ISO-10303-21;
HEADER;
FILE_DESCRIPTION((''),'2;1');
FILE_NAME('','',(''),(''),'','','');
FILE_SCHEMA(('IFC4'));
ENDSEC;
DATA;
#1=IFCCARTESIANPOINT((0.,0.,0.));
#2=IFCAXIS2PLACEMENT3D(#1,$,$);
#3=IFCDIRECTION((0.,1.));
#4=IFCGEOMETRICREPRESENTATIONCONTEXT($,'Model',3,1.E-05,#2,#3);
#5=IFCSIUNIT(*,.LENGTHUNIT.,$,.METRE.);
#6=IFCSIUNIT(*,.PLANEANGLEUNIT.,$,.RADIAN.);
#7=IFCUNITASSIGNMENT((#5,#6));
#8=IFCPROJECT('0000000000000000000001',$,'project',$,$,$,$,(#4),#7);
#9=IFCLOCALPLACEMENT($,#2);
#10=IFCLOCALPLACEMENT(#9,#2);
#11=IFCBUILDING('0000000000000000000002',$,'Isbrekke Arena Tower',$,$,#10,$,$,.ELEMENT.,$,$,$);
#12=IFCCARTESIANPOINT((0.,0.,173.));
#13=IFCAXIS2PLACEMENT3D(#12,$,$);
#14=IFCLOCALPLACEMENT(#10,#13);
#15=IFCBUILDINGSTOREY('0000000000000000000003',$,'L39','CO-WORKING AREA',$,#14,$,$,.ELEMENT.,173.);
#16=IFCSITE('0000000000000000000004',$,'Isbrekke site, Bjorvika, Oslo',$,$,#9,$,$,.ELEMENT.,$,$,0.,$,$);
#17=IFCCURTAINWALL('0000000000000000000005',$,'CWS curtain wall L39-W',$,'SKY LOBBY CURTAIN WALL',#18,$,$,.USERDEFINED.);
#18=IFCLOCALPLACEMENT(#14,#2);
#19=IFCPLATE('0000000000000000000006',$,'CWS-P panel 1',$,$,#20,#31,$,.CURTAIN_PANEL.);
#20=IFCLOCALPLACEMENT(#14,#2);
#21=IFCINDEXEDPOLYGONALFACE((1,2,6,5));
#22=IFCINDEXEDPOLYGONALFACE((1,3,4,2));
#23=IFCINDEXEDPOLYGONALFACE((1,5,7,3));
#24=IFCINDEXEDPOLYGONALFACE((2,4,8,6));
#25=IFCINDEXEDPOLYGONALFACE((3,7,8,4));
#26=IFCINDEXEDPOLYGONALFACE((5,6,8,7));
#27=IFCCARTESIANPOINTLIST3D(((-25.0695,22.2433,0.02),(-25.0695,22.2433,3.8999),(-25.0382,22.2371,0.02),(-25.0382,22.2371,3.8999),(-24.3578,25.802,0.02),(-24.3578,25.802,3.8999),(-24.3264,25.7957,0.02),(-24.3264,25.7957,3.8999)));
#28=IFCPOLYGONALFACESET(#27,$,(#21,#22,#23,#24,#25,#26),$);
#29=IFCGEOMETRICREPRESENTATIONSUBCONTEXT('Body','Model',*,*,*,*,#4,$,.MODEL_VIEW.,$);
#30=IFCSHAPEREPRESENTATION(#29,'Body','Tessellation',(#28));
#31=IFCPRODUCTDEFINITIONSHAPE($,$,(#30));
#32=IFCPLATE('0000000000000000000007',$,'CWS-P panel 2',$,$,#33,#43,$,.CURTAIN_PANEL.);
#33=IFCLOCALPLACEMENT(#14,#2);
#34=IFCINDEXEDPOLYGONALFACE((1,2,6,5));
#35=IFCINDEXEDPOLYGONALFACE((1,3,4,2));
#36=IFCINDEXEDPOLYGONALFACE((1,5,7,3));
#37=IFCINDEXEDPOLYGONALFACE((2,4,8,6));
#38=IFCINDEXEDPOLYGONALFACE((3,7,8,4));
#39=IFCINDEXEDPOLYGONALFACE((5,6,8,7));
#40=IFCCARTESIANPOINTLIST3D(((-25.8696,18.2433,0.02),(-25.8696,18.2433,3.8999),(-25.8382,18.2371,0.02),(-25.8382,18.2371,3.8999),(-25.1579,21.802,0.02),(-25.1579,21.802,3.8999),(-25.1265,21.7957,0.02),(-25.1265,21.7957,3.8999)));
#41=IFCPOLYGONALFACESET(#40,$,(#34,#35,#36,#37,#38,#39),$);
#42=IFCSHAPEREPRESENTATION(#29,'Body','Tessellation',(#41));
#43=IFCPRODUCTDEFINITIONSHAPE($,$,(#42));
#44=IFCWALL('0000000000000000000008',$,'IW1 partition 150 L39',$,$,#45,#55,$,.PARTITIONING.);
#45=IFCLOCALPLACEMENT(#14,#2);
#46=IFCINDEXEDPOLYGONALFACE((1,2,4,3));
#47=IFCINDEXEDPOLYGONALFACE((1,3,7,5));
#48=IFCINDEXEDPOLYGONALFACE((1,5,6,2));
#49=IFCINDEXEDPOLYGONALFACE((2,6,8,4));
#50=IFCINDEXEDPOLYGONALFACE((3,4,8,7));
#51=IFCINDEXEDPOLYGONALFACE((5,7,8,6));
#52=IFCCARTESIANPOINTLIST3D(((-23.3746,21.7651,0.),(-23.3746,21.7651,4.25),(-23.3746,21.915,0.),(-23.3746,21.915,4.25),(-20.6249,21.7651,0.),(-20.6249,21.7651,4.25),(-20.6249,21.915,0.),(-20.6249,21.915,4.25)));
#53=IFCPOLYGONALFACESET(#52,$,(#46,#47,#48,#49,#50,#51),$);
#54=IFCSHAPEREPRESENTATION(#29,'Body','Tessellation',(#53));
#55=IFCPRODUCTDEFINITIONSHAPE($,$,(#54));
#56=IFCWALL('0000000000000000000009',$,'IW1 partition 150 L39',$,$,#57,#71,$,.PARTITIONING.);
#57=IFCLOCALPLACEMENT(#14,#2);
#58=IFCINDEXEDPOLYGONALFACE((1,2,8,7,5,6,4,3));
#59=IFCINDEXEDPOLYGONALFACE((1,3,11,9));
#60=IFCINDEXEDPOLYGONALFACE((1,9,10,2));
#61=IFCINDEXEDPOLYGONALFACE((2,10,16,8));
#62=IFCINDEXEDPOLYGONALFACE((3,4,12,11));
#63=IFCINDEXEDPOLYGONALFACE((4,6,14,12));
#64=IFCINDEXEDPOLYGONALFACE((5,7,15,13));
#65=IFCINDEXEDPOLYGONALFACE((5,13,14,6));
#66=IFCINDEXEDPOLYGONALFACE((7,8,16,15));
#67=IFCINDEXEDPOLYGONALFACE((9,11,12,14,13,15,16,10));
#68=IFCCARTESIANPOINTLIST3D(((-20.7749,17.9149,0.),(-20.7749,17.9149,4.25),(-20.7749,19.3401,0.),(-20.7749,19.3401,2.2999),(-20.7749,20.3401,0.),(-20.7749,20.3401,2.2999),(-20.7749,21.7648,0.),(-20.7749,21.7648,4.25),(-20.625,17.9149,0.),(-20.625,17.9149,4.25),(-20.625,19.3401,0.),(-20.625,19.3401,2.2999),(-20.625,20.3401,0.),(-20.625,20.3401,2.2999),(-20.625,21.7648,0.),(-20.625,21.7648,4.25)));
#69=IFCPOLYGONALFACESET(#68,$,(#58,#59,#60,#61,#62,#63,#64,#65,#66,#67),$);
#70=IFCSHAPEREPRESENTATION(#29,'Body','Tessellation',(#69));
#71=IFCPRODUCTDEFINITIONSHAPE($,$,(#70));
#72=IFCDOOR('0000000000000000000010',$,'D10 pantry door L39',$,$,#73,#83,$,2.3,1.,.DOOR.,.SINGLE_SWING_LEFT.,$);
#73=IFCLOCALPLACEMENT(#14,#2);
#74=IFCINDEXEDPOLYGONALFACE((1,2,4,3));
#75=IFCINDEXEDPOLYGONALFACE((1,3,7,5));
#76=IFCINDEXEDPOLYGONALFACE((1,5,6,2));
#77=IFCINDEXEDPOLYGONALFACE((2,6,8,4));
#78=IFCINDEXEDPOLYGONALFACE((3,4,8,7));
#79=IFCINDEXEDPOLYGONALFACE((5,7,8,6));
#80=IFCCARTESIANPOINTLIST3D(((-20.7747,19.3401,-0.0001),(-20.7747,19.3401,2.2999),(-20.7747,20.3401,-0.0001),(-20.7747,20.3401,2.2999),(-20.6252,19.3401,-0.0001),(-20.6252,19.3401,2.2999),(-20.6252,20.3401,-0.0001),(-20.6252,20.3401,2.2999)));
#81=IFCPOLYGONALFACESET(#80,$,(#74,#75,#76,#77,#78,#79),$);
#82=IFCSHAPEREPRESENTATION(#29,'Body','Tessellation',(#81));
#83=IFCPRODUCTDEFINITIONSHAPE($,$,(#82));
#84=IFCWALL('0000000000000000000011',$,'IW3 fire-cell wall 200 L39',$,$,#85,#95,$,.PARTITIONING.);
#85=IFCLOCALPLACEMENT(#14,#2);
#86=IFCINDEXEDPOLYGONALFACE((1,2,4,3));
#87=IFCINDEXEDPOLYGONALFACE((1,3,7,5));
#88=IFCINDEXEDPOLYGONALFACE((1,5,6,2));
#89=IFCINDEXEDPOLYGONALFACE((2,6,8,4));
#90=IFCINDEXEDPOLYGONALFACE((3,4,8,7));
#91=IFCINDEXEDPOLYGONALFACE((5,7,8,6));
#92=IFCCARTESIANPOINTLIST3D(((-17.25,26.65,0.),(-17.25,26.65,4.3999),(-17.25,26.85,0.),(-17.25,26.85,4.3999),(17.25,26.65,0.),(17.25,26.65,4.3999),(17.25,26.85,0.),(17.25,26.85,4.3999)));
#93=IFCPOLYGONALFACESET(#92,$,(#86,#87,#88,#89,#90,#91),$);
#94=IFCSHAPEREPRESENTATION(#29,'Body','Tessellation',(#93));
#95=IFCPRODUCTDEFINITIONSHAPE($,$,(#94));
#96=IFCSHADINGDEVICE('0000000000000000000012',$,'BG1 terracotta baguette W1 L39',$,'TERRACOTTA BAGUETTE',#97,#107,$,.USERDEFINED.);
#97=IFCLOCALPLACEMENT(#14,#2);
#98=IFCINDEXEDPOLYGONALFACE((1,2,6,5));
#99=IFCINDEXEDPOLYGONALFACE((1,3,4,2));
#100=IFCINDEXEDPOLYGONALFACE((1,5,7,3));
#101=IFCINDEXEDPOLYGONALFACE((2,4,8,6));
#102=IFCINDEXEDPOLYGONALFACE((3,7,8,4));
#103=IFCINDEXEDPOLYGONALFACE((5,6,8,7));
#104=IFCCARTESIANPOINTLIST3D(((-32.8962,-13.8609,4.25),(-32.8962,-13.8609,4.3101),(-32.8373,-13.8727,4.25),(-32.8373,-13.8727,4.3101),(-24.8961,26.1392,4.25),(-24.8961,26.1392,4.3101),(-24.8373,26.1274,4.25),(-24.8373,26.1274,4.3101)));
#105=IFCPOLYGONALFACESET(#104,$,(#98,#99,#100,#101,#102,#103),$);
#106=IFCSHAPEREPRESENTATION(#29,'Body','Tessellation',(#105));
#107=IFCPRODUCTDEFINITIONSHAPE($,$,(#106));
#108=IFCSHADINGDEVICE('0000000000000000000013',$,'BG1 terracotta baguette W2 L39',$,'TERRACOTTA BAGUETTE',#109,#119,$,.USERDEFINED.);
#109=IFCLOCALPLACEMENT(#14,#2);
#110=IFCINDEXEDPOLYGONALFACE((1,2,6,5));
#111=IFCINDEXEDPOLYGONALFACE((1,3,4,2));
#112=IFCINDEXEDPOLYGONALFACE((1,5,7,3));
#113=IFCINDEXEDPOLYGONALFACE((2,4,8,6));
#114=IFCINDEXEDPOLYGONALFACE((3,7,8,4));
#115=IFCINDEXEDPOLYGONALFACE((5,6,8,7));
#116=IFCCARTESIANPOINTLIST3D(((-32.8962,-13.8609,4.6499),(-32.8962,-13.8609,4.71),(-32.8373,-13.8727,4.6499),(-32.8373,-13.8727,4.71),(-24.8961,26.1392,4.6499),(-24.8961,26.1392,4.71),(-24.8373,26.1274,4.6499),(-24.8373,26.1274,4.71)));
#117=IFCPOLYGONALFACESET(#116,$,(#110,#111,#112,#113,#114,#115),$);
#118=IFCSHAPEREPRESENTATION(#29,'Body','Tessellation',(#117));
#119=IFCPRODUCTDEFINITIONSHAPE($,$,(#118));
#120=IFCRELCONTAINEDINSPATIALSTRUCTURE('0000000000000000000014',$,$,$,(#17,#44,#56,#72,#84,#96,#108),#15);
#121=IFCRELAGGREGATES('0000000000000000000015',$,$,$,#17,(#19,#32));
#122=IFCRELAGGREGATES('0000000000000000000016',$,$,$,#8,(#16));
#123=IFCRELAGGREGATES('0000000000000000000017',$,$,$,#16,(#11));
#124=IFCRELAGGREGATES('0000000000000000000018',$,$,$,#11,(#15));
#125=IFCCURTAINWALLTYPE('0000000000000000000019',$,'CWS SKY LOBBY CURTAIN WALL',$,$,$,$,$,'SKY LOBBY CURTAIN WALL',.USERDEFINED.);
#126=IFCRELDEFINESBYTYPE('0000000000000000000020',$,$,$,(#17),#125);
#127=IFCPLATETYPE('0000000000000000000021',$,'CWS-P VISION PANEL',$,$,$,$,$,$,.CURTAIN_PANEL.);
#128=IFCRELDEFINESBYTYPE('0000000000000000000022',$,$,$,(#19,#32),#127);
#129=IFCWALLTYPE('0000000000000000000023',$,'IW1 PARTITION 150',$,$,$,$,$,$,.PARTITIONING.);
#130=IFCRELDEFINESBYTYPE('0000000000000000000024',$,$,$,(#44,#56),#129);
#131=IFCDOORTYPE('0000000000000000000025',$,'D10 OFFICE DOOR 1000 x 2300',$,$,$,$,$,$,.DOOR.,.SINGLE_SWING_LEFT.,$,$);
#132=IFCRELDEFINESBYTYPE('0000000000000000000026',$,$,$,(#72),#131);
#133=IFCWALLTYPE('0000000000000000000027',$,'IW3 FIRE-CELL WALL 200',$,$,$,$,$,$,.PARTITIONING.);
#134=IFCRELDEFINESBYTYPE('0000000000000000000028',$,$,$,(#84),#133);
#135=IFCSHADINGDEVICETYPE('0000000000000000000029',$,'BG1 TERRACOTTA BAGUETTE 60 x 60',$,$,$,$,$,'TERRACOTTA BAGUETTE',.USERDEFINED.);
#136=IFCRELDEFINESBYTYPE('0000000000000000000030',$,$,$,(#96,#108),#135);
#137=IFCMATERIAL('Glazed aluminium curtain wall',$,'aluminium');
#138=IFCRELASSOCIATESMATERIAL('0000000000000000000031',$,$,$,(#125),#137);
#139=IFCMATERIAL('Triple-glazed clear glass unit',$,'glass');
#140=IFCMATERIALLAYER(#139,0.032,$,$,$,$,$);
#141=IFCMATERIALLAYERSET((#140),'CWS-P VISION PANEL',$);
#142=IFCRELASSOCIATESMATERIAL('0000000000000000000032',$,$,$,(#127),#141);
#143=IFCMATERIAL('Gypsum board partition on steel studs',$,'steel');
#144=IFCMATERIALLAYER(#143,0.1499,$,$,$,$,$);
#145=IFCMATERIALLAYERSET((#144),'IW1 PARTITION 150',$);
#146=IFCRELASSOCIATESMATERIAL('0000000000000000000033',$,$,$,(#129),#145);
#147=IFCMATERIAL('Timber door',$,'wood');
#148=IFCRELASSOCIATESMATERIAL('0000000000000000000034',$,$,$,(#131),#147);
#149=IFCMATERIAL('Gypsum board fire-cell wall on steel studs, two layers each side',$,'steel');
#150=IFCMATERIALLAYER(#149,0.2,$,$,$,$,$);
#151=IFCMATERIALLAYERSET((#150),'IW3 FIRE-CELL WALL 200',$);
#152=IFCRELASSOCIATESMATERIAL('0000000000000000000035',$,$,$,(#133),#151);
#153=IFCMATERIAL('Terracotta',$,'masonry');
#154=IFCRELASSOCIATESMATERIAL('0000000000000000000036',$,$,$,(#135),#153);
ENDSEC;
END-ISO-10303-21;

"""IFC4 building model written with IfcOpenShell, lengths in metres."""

from ifc_helpers import new_model, si_unit, direction, frame, frame_2d, origin, origin_2d, place, context, subcontext, project, spatial, rectangle, extrude, material, layer, layer_set, material_profile, profile_set, type_object, element, fill, aggregate, save


model = new_model("IFC4")

# Units and contexts
model_context = context("Model", 3, precision=1e-05, world=origin(), true_north=direction((0.0, 1.0)))
body_context = subcontext(model_context, "Body", "Model", "MODEL_VIEW")
ifc_project = project(units=[si_unit("LENGTHUNIT", "METRE"), si_unit("PLANEANGLEUNIT", "RADIAN")], contexts=[model_context])

# Site, building, storey
site_placement = place(None, origin())
site = spatial("IfcSite", under=ifc_project, at=site_placement, Name="Isbrekke site, Bjorvika, Oslo", CompositionType="ELEMENT", RefElevation=0.0)
building_placement = place(site_placement, origin())
building = spatial("IfcBuilding", under=site, at=building_placement, Name="Isbrekke Arena Tower", CompositionType="ELEMENT")
storey_placement = place(building_placement, frame((0.0, 0.0, 173.0)))
storey = spatial("IfcBuildingStorey", under=building, at=storey_placement, Name="L39", Description="CO-WORKING AREA", CompositionType="ELEMENT", Elevation=173.0)

# Shared definitions
ifc_material_1 = material(Name="Glazed aluminium curtain wall", Category="aluminium")
curtain_wall_type = type_object("IfcCurtainWallType", Name="CWS SKY LOBBY CURTAIN WALL", ElementType="SKY LOBBY CURTAIN WALL", PredefinedType="USERDEFINED", material=ifc_material_1)

# Curtain wall
curtain_wall_1_placement = place(storey_placement, origin())
curtain_wall_1 = element("IfcCurtainWall", 1, at=curtain_wall_1_placement, inside=storey, type_object=curtain_wall_type, Name="CWS curtain wall L39-W", ObjectType="SKY LOBBY CURTAIN WALL", PredefinedType="USERDEFINED")

# Plates
ifc_material_2 = material(Name="Triple-glazed clear glass unit", Category="glass")
ifc_layer_1 = layer(ifc_material_2, 0.032)
ifc_layer_set_1 = layer_set([ifc_layer_1], Name="CWS-P VISION PANEL")
plate_type = type_object("IfcPlateType", Name="CWS-P VISION PANEL", PredefinedType="CURTAIN_PANEL", material=ifc_layer_set_1)
plate_1_placement = place(storey_placement, frame((-24.698, 24.0195, 0.02), z_axis=(0.0, 0.0, 1.0), x_axis=(-0.196116, -0.980581, 0.0)))
plate_1 = element("IfcPlate", 2, at=plate_1_placement, type_object=plate_type, Name="CWS-P panel 1", PredefinedType="CURTAIN_PANEL", context=body_context, shape_type="SweptSolid", body=[
    extrude(rectangle(XDim=3.6292, YDim=0.032, at=origin_2d()), origin(), (0.0, 0.0, 1.0), 3.8799),
])
plate_2_placement = place(storey_placement, frame((-25.498, 20.0195, 0.02), z_axis=(0.0, 0.0, 1.0), x_axis=(-0.196116, -0.980581, 0.0)))
plate_2 = element("IfcPlate", 3, at=plate_2_placement, type_object=plate_type, Name="CWS-P panel 2", PredefinedType="CURTAIN_PANEL", context=body_context, shape_type="SweptSolid", body=[
    extrude(rectangle(XDim=3.6292, YDim=0.032, at=origin_2d()), origin(), (0.0, 0.0, 1.0), 3.8799),
])
aggregate(curtain_wall_1, [plate_1, plate_2])

# Wall
ifc_material_3 = material(Name="Gypsum board partition on steel studs", Category="steel")
ifc_layer_2 = layer(ifc_material_3, 0.1499)
ifc_layer_set_2 = layer_set([ifc_layer_2], Name="IW1 PARTITION 150")
wall_type_1 = type_object("IfcWallType", Name="IW1 PARTITION 150", PredefinedType="PARTITIONING", material=ifc_layer_set_2)
wall_1_placement = place(storey_placement, frame((-23.3748, 21.8401, 0.0), z_axis=(0.0, 0.0, 1.0), x_axis=(1.0, 0.0, 0.0)))
element("IfcWall", 4, at=wall_1_placement, inside=storey, type_object=wall_type_1, Name="IW1 partition 150 L39", PredefinedType="PARTITIONING", context=body_context, shape_type="SweptSolid", body=[
    extrude(rectangle(XDim=2.7498, YDim=0.1499, at=frame_2d((1.375, 0.0))), origin(), (0.0, 0.0, 1.0), 4.25),
])

# Wall, opening, door
wall_2_placement = place(storey_placement, frame((-20.7, 17.915, 0.0), z_axis=(0.0, 0.0, 1.0), x_axis=(0.0, 1.0, 0.0)))
wall_2 = element("IfcWall", 5, at=wall_2_placement, inside=storey, type_object=wall_type_1, Name="IW1 partition 150 L39", PredefinedType="PARTITIONING", context=body_context, shape_type="SweptSolid", body=[
    extrude(rectangle(XDim=3.8499, YDim=0.1499, at=frame_2d((1.9248, 0.0))), origin(), (0.0, 0.0, 1.0), 4.25),
])
opening_placement = place(wall_2_placement, frame((1.425, 0.0, 0.0)))
opening = element("IfcOpeningElement", 6, at=opening_placement, cuts=wall_2, PredefinedType="OPENING", context=body_context, shape_type="SweptSolid", body=[
    extrude(rectangle(XDim=1.0, YDim=2.3, at=frame_2d((0.5, 1.1499))), frame((0.0, 0.0898, 0.0), z_axis=(0.0, -1.0, 0.0), x_axis=(1.0, 0.0, 0.0)), (0.0, 0.0, 1.0), 0.1797),
])
ifc_material_4 = material(Name="Timber door", Category="wood")
door_type = type_object("IfcDoorType", Name="D10 OFFICE DOOR 1000 x 2300", OperationType="SINGLE_SWING_LEFT", PredefinedType="DOOR", material=ifc_material_4)
door_placement = place(opening_placement, origin())
door = element("IfcDoor", 7, at=door_placement, inside=storey, type_object=door_type, Name="D10 pantry door L39", OperationType="SINGLE_SWING_LEFT", OverallHeight=2.3, OverallWidth=1.0, PredefinedType="DOOR", context=body_context, shape_type="SweptSolid", body=[
    extrude(rectangle(XDim=1.0, YDim=2.3, at=frame_2d((0.5, 1.1499))), frame((0.0, 0.0747, 0.0), z_axis=(0.0, -1.0, 0.0), x_axis=(1.0, 0.0, 0.0)), (0.0, 0.0, 1.0), 0.1494),
])
fill(opening, door)

# Wall
ifc_material_5 = material(Name="Gypsum board fire-cell wall on steel studs, two layers each side", Category="steel")
ifc_layer_3 = layer(ifc_material_5, 0.2)
ifc_layer_set_3 = layer_set([ifc_layer_3], Name="IW3 FIRE-CELL WALL 200")
wall_type_2 = type_object("IfcWallType", Name="IW3 FIRE-CELL WALL 200", PredefinedType="PARTITIONING", material=ifc_layer_set_3)
wall_3_placement = place(storey_placement, frame((-17.25, 26.75, 0.0), z_axis=(0.0, 0.0, 1.0), x_axis=(1.0, 0.0, 0.0)))
element("IfcWall", 8, at=wall_3_placement, inside=storey, type_object=wall_type_2, Name="IW3 fire-cell wall 200 L39", PredefinedType="PARTITIONING", context=body_context, shape_type="SweptSolid", body=[
    extrude(rectangle(XDim=34.5, YDim=0.2, at=frame_2d((17.25, 0.0))), origin(), (0.0, 0.0, 1.0), 4.3999),
])

# Shading devices
ifc_material_6 = material(Name="Terracotta", Category="masonry")
ifc_material_profile_1 = material_profile(ifc_material_6, rectangle(XDim=0.0601, YDim=0.0601, at=origin_2d()), Name="BAGUETTE 60X60")
ifc_profile_set_1 = profile_set([ifc_material_profile_1], Name="Terracotta")
shading_device_type = type_object("IfcShadingDeviceType", Name="BG1 TERRACOTTA BAGUETTE 60 x 60", ElementType="TERRACOTTA BAGUETTE", PredefinedType="USERDEFINED", material=ifc_profile_set_1)
for number, where, z_axis, x_axis, name in (
    (9, (-24.8667, 26.1333, 4.28), (-0.196116, -0.980581, 0.0), (0.980581, -0.196116, 0.0), "BG1 terracotta baguette W1 L39"),
    (10, (-24.8667, 26.1333, 4.6799), (-0.196116, -0.980581, 0.0), (0.980581, -0.196116, 0.0), "BG1 terracotta baguette W2 L39"),
):
    element("IfcShadingDevice", number, at=place(storey_placement, frame(where, z_axis=z_axis, x_axis=x_axis)), inside=storey, type_object=shading_device_type, Name=name, ObjectType="TERRACOTTA BAGUETTE", PredefinedType="USERDEFINED", context=body_context, shape_type="SweptSolid", body=[
        extrude(rectangle(XDim=0.0601, YDim=0.0601, at=origin_2d()), origin(), (0.0, 0.0, 1.0), 40.7922),
    ])

save(model, "model.ifc")
